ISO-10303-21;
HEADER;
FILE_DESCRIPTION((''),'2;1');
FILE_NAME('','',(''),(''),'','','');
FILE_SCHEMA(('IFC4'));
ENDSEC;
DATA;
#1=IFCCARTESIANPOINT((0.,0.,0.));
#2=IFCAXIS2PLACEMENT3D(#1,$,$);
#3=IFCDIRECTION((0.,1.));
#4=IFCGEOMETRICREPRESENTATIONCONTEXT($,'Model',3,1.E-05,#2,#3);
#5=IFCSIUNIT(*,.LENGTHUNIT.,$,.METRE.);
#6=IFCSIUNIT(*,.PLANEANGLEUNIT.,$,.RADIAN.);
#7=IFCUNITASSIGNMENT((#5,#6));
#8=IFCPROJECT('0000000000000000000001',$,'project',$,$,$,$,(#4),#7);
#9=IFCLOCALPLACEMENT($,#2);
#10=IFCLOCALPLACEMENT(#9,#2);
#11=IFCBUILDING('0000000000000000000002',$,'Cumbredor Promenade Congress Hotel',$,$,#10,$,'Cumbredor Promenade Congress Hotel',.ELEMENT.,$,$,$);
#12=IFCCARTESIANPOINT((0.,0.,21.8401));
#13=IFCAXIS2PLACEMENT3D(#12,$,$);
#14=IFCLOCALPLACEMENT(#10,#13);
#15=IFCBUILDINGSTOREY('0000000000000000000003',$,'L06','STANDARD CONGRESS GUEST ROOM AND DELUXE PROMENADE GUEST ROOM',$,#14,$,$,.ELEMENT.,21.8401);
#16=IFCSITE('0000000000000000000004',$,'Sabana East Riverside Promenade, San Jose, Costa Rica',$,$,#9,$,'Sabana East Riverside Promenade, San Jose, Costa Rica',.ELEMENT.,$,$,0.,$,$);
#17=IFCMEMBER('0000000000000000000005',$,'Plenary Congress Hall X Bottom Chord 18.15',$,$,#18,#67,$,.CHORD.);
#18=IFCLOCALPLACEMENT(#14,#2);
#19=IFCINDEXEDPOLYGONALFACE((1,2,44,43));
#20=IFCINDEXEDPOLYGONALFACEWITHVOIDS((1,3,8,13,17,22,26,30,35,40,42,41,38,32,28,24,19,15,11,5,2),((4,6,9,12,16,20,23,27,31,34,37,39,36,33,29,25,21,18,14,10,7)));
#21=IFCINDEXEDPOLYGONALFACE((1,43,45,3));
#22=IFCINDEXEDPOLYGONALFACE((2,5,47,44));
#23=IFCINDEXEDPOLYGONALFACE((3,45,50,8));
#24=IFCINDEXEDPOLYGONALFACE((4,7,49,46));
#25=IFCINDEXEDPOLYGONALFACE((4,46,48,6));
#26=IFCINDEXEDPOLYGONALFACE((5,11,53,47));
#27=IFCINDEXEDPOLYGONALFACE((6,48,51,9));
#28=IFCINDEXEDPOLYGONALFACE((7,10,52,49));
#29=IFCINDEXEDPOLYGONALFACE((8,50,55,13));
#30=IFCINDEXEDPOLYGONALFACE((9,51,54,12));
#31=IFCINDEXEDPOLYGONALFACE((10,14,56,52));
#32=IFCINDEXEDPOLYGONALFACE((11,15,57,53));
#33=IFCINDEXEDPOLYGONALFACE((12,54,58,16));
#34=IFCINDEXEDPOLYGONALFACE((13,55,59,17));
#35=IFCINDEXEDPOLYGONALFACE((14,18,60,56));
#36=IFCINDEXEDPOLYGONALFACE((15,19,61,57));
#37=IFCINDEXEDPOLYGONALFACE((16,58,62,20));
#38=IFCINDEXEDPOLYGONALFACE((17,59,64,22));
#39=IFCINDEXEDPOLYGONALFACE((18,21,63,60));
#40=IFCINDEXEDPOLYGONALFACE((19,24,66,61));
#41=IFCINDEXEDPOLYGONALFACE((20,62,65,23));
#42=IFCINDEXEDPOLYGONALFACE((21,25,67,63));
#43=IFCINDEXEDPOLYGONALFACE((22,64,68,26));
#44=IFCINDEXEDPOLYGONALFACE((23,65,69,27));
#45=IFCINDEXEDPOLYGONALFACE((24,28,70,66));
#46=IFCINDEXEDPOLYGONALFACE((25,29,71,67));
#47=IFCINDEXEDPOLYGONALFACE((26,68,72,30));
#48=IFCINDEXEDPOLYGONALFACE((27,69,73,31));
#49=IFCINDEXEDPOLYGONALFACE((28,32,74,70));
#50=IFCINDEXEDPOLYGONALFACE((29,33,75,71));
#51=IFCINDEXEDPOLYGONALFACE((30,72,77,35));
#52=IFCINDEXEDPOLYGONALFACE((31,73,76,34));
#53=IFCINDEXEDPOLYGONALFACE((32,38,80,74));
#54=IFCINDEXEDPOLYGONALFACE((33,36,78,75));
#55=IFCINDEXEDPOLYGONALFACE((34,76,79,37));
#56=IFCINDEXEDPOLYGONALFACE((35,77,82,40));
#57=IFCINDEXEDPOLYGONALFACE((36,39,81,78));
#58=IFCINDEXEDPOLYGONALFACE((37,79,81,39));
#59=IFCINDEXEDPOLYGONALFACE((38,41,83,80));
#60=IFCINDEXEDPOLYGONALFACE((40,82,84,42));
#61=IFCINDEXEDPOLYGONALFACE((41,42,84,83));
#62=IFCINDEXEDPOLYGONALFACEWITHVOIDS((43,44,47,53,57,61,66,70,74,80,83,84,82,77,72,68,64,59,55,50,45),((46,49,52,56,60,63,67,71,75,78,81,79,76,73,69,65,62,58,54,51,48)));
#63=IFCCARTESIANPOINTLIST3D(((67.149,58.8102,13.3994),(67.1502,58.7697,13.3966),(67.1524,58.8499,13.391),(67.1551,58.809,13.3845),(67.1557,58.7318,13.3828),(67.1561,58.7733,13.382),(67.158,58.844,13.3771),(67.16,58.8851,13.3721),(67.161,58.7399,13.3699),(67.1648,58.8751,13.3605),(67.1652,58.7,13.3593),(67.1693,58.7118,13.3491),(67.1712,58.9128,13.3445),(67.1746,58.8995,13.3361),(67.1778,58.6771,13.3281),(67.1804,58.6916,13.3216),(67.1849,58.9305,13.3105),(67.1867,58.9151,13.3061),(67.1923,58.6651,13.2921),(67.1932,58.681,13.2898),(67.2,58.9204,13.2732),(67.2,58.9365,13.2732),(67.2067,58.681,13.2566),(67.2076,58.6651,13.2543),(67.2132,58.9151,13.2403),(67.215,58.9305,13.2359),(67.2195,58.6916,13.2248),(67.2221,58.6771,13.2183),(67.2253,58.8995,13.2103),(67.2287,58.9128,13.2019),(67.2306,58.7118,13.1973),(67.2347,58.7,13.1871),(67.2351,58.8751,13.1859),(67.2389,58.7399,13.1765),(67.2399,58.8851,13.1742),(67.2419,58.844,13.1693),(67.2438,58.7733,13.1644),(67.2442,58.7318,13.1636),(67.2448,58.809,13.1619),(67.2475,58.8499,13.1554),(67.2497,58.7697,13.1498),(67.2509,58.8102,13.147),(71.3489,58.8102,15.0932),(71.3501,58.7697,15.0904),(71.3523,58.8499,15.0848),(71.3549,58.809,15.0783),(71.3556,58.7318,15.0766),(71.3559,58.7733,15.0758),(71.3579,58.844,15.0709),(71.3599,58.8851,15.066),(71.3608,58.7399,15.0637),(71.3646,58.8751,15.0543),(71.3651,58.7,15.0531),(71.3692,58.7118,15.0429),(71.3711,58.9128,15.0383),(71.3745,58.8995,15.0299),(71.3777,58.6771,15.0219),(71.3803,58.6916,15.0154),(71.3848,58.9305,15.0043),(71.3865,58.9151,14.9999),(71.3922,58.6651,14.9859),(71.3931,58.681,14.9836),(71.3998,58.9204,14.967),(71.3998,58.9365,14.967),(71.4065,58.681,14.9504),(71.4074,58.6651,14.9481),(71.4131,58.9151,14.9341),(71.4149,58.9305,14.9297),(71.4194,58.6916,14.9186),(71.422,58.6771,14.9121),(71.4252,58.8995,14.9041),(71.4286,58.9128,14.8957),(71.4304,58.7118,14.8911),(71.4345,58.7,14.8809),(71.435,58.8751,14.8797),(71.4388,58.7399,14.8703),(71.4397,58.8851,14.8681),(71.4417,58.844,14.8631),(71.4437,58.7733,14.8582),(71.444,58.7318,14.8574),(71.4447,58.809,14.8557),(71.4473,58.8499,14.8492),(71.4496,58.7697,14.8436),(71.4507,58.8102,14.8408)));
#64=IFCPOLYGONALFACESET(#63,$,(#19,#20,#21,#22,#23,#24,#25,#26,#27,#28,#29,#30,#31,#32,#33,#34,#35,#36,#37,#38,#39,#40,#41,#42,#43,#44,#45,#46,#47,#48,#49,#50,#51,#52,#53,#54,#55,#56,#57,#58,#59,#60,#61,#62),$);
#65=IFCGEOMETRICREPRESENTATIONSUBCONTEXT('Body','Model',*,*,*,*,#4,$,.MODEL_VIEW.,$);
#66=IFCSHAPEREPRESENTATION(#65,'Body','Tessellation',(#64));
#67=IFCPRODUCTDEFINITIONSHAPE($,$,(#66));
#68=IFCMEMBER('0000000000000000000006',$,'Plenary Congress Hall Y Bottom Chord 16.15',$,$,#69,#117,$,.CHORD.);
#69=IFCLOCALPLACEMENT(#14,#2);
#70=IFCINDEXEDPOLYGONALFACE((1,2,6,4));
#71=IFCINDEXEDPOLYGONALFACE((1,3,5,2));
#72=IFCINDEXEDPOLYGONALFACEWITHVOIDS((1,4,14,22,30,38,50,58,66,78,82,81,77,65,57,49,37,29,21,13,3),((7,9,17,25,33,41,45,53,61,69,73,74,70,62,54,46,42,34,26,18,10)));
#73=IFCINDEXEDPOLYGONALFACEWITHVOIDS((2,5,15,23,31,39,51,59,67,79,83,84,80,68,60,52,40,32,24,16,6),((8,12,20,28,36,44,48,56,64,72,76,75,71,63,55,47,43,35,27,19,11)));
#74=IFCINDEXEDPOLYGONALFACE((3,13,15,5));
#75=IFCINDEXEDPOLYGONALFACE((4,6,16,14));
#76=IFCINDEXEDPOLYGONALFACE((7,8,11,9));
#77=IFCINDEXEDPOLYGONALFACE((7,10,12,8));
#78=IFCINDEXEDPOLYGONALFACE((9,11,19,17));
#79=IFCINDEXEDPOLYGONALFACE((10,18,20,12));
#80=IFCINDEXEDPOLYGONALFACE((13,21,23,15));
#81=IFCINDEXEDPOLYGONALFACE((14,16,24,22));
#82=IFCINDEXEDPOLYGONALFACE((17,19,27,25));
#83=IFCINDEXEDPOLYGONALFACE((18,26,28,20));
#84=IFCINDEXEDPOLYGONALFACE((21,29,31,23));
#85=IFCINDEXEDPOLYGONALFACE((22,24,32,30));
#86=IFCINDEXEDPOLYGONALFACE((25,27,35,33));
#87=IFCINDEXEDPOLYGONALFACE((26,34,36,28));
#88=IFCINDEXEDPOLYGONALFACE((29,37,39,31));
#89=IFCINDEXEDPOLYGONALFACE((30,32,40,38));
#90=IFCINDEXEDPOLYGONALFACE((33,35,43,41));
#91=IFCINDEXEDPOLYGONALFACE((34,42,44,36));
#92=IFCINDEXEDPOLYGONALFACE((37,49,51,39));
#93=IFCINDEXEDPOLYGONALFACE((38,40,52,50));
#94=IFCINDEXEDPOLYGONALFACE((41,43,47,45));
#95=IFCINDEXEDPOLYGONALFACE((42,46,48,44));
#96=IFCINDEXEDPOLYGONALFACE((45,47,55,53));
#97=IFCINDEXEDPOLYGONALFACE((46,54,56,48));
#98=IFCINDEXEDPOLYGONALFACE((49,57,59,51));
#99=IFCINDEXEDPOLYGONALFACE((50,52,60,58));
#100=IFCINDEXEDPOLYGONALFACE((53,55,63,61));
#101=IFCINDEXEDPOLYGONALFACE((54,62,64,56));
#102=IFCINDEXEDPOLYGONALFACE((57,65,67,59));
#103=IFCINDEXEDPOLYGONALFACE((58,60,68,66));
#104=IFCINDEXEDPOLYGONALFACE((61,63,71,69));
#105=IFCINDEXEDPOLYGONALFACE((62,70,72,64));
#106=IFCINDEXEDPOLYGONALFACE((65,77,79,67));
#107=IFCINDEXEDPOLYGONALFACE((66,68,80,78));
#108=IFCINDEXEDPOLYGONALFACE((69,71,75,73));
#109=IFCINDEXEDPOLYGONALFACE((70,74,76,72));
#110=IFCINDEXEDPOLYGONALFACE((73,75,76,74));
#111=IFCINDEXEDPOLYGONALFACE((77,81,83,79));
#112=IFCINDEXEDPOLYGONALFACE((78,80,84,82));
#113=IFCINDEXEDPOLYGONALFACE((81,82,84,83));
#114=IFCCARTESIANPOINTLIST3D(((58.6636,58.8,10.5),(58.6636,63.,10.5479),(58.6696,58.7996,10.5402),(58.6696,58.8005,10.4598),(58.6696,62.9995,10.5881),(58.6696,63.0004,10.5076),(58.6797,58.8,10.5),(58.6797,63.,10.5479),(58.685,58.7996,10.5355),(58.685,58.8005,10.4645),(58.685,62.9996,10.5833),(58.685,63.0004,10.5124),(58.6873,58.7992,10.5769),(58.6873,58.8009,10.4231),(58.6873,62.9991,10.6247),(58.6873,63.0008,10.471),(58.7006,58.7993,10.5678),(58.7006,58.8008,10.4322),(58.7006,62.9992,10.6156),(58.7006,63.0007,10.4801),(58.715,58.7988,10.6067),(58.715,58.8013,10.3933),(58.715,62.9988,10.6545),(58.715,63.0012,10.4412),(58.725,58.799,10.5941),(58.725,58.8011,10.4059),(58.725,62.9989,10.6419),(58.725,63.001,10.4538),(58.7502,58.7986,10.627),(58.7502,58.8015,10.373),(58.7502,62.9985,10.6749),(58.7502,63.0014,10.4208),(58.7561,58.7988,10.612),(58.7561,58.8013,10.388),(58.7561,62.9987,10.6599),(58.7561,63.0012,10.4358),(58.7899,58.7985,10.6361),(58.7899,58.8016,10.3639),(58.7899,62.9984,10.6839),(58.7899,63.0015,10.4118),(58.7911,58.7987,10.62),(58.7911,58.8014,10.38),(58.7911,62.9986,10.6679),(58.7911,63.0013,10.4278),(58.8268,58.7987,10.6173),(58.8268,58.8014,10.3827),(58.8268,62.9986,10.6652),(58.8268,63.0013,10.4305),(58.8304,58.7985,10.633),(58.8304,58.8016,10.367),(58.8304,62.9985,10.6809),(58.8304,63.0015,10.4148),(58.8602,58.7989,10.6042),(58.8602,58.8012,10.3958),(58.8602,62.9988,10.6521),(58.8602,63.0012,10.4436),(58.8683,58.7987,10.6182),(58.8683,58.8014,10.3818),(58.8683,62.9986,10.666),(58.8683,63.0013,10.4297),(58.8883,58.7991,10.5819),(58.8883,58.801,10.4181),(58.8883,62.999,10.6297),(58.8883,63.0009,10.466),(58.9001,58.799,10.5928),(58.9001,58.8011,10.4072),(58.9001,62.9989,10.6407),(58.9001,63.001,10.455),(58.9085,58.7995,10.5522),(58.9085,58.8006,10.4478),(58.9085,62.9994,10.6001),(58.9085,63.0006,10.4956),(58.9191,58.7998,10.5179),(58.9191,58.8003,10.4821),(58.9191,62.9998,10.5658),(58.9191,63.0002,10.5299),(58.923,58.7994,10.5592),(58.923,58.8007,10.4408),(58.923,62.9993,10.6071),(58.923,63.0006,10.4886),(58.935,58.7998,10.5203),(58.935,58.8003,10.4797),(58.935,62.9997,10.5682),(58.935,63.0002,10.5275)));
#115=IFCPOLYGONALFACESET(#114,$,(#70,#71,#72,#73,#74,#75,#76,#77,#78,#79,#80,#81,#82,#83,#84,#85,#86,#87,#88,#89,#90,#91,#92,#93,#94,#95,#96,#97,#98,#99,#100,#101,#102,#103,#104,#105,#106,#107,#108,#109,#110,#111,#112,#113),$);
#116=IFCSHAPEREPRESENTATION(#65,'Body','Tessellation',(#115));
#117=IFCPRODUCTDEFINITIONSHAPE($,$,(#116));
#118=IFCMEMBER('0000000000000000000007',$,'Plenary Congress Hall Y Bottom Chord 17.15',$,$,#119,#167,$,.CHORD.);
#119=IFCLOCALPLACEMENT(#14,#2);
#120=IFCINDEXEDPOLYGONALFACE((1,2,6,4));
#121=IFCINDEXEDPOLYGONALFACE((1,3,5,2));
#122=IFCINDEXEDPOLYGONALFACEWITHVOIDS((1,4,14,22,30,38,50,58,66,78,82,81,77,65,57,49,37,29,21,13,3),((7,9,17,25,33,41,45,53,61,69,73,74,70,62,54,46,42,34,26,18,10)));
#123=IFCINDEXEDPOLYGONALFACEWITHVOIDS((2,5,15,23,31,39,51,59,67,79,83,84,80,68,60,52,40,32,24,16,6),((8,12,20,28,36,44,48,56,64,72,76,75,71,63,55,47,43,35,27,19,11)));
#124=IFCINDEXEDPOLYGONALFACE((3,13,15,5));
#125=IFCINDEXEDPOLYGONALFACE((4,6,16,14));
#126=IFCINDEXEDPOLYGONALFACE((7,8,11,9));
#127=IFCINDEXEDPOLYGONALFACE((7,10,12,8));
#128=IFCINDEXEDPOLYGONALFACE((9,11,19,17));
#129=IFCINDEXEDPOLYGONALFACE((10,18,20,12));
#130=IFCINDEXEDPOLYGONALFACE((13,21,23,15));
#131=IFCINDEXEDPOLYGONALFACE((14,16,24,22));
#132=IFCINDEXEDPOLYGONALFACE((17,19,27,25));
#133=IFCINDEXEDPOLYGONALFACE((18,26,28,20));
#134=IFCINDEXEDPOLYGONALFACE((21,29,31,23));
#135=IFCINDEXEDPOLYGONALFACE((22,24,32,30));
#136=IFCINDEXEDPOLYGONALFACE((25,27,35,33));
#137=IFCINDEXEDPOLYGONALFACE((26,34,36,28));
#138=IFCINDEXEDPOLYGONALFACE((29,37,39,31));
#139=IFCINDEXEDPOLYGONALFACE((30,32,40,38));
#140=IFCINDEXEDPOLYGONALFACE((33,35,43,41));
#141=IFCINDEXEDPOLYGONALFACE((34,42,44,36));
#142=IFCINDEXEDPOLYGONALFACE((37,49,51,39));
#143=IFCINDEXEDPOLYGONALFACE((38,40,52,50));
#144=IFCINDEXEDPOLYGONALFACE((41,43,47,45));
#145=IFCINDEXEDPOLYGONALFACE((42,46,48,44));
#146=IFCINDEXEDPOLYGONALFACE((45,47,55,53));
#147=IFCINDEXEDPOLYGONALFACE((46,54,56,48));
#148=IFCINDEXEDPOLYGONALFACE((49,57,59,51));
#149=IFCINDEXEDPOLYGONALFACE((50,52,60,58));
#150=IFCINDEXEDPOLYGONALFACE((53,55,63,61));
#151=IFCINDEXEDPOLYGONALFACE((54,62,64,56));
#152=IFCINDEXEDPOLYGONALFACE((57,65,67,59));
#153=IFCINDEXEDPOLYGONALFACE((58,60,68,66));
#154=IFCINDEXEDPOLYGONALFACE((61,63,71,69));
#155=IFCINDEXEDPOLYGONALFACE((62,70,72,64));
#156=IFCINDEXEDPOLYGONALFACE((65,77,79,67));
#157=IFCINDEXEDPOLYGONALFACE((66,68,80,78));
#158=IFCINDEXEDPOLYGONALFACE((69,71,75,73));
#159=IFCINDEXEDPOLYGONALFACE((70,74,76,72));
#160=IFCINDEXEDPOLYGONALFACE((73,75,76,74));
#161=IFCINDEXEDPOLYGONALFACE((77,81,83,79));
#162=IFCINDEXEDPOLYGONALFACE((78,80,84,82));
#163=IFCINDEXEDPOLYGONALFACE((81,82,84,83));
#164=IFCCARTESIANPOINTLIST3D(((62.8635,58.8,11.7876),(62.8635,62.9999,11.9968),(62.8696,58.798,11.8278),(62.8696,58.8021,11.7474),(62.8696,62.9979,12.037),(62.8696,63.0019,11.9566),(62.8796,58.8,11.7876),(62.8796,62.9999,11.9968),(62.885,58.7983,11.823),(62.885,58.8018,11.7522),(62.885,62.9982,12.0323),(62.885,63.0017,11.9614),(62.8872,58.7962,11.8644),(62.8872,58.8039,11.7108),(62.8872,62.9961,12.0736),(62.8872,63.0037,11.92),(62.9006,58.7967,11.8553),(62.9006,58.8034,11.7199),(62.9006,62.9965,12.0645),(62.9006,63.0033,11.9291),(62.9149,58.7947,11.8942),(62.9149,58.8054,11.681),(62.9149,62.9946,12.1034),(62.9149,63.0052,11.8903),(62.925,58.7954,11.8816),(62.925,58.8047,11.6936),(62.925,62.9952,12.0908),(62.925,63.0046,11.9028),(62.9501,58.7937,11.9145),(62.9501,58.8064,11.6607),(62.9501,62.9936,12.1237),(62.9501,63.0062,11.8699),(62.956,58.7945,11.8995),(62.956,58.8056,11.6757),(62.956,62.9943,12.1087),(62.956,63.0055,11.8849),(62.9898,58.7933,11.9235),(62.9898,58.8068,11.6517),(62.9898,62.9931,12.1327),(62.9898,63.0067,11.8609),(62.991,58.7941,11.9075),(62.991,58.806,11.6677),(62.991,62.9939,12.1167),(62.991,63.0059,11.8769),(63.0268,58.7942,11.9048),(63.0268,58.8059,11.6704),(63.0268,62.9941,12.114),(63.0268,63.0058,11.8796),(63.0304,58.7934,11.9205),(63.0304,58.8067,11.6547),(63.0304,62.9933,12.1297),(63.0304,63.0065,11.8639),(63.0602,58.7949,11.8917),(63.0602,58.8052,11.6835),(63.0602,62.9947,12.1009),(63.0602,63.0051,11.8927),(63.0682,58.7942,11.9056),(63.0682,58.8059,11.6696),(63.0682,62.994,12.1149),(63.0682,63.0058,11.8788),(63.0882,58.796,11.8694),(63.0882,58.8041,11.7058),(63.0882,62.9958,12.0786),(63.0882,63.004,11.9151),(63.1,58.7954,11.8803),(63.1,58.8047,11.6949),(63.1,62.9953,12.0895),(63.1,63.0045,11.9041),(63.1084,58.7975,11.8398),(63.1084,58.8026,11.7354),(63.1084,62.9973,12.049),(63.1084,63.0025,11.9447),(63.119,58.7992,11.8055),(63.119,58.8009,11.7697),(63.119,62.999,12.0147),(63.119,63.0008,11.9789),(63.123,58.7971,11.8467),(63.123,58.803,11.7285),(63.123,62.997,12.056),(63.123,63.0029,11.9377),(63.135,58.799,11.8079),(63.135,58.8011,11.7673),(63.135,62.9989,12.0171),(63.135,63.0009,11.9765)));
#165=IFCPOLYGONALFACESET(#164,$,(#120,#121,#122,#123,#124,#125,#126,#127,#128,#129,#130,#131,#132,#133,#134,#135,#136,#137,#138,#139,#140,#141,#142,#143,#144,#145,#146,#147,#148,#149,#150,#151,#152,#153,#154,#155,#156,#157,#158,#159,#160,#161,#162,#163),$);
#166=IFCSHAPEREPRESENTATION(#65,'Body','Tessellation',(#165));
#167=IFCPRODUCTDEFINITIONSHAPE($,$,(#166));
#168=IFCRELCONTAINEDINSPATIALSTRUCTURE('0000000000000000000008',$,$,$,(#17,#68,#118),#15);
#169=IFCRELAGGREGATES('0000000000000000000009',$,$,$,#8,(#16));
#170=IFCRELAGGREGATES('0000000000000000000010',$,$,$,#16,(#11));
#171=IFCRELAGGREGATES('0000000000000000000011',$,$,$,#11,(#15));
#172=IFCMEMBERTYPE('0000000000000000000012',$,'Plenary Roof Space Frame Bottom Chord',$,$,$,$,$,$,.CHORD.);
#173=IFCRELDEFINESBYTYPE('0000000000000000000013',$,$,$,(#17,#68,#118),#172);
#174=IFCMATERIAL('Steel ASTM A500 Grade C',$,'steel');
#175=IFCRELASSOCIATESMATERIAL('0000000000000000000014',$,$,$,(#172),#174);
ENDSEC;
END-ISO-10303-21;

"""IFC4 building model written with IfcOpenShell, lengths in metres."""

from ifc_helpers import new_model, si_unit, direction, frame, origin, origin_2d, place, context, subcontext, project, spatial, hollow_circle, extrude, material, material_profile, profile_set, type_object, element, save


model = new_model("IFC4")

# Units and contexts
model_context = context("Model", 3, precision=1e-05, world=origin(), true_north=direction((0.0, 1.0)))
body_context = subcontext(model_context, "Body", "Model", "MODEL_VIEW")
ifc_project = project(units=[si_unit("LENGTHUNIT", "METRE"), si_unit("PLANEANGLEUNIT", "RADIAN")], contexts=[model_context])

# Site, building, storey
site_placement = place(None, origin())
site = spatial("IfcSite", under=ifc_project, at=site_placement, Name="Sabana East Riverside Promenade, San Jose, Costa Rica", LongName="Sabana East Riverside Promenade, San Jose, Costa Rica", CompositionType="ELEMENT", RefElevation=0.0)
building_placement = place(site_placement, origin())
building = spatial("IfcBuilding", under=site, at=building_placement, Name="Cumbredor Promenade Congress Hotel", LongName="Cumbredor Promenade Congress Hotel", CompositionType="ELEMENT")
storey_placement = place(building_placement, frame((0.0, 0.0, 21.8401)))
storey = spatial("IfcBuildingStorey", under=building, at=storey_placement, Name="L06", Description="STANDARD CONGRESS GUEST ROOM AND DELUXE PROMENADE GUEST ROOM", CompositionType="ELEMENT", Elevation=21.8401)

# Members
ifc_material_1 = material(Name="Steel ASTM A500 Grade C", Category="steel")
ifc_material_profile_1 = material_profile(ifc_material_1, hollow_circle(Radius=0.1365, WallThickness=0.0161, at=origin_2d()), Name="CHS 273.0x16")
ifc_profile_set_1 = profile_set([ifc_material_profile_1], Name="Steel ASTM A500 Grade C")
member_type_1 = type_object("IfcMemberType", Name="Plenary Roof Space Frame Bottom Chord", PredefinedType="CHORD", material=ifc_profile_set_1)
member_1_placement = place(storey_placement, frame((67.2, 58.8, 13.2732), z_axis=(0.927417, 0.0, 0.374029), x_axis=(0.0, 1.0, 0.0)))
element("IfcMember", 1, at=member_1_placement, inside=storey, type_object=member_type_1, Name="Plenary Congress Hall X Bottom Chord 18.15", PredefinedType="CHORD", context=body_context, shape_type="SweptSolid", body=[
    extrude(hollow_circle(Radius=0.1365, WallThickness=0.0161, at=origin_2d()), origin(), (0.0, 0.0, 1.0), 4.5286),
])
member_2_placement = place(storey_placement, frame((58.8, 58.8, 10.5), z_axis=(0.0, 0.999935, 0.011393), x_axis=(-1.0, 0.0, 0.0)))
element("IfcMember", 2, at=member_2_placement, inside=storey, type_object=member_type_1, Name="Plenary Congress Hall Y Bottom Chord 16.15", PredefinedType="CHORD", context=body_context, shape_type="SweptSolid", body=[
    extrude(hollow_circle(Radius=0.1365, WallThickness=0.0161, at=origin_2d()), origin(), (0.0, 0.0, 1.0), 4.2002),
])
member_3_placement = place(storey_placement, frame((63.0, 58.8, 11.7876), z_axis=(0.0, 0.998761, 0.049755), x_axis=(-1.0, 0.0, 0.0)))
element("IfcMember", 3, at=member_3_placement, inside=storey, type_object=member_type_1, Name="Plenary Congress Hall Y Bottom Chord 17.15", PredefinedType="CHORD", context=body_context, shape_type="SweptSolid", body=[
    extrude(hollow_circle(Radius=0.1365, WallThickness=0.0161, at=origin_2d()), origin(), (0.0, 0.0, 1.0), 4.2051),
])

save(model, "model.ifc")
